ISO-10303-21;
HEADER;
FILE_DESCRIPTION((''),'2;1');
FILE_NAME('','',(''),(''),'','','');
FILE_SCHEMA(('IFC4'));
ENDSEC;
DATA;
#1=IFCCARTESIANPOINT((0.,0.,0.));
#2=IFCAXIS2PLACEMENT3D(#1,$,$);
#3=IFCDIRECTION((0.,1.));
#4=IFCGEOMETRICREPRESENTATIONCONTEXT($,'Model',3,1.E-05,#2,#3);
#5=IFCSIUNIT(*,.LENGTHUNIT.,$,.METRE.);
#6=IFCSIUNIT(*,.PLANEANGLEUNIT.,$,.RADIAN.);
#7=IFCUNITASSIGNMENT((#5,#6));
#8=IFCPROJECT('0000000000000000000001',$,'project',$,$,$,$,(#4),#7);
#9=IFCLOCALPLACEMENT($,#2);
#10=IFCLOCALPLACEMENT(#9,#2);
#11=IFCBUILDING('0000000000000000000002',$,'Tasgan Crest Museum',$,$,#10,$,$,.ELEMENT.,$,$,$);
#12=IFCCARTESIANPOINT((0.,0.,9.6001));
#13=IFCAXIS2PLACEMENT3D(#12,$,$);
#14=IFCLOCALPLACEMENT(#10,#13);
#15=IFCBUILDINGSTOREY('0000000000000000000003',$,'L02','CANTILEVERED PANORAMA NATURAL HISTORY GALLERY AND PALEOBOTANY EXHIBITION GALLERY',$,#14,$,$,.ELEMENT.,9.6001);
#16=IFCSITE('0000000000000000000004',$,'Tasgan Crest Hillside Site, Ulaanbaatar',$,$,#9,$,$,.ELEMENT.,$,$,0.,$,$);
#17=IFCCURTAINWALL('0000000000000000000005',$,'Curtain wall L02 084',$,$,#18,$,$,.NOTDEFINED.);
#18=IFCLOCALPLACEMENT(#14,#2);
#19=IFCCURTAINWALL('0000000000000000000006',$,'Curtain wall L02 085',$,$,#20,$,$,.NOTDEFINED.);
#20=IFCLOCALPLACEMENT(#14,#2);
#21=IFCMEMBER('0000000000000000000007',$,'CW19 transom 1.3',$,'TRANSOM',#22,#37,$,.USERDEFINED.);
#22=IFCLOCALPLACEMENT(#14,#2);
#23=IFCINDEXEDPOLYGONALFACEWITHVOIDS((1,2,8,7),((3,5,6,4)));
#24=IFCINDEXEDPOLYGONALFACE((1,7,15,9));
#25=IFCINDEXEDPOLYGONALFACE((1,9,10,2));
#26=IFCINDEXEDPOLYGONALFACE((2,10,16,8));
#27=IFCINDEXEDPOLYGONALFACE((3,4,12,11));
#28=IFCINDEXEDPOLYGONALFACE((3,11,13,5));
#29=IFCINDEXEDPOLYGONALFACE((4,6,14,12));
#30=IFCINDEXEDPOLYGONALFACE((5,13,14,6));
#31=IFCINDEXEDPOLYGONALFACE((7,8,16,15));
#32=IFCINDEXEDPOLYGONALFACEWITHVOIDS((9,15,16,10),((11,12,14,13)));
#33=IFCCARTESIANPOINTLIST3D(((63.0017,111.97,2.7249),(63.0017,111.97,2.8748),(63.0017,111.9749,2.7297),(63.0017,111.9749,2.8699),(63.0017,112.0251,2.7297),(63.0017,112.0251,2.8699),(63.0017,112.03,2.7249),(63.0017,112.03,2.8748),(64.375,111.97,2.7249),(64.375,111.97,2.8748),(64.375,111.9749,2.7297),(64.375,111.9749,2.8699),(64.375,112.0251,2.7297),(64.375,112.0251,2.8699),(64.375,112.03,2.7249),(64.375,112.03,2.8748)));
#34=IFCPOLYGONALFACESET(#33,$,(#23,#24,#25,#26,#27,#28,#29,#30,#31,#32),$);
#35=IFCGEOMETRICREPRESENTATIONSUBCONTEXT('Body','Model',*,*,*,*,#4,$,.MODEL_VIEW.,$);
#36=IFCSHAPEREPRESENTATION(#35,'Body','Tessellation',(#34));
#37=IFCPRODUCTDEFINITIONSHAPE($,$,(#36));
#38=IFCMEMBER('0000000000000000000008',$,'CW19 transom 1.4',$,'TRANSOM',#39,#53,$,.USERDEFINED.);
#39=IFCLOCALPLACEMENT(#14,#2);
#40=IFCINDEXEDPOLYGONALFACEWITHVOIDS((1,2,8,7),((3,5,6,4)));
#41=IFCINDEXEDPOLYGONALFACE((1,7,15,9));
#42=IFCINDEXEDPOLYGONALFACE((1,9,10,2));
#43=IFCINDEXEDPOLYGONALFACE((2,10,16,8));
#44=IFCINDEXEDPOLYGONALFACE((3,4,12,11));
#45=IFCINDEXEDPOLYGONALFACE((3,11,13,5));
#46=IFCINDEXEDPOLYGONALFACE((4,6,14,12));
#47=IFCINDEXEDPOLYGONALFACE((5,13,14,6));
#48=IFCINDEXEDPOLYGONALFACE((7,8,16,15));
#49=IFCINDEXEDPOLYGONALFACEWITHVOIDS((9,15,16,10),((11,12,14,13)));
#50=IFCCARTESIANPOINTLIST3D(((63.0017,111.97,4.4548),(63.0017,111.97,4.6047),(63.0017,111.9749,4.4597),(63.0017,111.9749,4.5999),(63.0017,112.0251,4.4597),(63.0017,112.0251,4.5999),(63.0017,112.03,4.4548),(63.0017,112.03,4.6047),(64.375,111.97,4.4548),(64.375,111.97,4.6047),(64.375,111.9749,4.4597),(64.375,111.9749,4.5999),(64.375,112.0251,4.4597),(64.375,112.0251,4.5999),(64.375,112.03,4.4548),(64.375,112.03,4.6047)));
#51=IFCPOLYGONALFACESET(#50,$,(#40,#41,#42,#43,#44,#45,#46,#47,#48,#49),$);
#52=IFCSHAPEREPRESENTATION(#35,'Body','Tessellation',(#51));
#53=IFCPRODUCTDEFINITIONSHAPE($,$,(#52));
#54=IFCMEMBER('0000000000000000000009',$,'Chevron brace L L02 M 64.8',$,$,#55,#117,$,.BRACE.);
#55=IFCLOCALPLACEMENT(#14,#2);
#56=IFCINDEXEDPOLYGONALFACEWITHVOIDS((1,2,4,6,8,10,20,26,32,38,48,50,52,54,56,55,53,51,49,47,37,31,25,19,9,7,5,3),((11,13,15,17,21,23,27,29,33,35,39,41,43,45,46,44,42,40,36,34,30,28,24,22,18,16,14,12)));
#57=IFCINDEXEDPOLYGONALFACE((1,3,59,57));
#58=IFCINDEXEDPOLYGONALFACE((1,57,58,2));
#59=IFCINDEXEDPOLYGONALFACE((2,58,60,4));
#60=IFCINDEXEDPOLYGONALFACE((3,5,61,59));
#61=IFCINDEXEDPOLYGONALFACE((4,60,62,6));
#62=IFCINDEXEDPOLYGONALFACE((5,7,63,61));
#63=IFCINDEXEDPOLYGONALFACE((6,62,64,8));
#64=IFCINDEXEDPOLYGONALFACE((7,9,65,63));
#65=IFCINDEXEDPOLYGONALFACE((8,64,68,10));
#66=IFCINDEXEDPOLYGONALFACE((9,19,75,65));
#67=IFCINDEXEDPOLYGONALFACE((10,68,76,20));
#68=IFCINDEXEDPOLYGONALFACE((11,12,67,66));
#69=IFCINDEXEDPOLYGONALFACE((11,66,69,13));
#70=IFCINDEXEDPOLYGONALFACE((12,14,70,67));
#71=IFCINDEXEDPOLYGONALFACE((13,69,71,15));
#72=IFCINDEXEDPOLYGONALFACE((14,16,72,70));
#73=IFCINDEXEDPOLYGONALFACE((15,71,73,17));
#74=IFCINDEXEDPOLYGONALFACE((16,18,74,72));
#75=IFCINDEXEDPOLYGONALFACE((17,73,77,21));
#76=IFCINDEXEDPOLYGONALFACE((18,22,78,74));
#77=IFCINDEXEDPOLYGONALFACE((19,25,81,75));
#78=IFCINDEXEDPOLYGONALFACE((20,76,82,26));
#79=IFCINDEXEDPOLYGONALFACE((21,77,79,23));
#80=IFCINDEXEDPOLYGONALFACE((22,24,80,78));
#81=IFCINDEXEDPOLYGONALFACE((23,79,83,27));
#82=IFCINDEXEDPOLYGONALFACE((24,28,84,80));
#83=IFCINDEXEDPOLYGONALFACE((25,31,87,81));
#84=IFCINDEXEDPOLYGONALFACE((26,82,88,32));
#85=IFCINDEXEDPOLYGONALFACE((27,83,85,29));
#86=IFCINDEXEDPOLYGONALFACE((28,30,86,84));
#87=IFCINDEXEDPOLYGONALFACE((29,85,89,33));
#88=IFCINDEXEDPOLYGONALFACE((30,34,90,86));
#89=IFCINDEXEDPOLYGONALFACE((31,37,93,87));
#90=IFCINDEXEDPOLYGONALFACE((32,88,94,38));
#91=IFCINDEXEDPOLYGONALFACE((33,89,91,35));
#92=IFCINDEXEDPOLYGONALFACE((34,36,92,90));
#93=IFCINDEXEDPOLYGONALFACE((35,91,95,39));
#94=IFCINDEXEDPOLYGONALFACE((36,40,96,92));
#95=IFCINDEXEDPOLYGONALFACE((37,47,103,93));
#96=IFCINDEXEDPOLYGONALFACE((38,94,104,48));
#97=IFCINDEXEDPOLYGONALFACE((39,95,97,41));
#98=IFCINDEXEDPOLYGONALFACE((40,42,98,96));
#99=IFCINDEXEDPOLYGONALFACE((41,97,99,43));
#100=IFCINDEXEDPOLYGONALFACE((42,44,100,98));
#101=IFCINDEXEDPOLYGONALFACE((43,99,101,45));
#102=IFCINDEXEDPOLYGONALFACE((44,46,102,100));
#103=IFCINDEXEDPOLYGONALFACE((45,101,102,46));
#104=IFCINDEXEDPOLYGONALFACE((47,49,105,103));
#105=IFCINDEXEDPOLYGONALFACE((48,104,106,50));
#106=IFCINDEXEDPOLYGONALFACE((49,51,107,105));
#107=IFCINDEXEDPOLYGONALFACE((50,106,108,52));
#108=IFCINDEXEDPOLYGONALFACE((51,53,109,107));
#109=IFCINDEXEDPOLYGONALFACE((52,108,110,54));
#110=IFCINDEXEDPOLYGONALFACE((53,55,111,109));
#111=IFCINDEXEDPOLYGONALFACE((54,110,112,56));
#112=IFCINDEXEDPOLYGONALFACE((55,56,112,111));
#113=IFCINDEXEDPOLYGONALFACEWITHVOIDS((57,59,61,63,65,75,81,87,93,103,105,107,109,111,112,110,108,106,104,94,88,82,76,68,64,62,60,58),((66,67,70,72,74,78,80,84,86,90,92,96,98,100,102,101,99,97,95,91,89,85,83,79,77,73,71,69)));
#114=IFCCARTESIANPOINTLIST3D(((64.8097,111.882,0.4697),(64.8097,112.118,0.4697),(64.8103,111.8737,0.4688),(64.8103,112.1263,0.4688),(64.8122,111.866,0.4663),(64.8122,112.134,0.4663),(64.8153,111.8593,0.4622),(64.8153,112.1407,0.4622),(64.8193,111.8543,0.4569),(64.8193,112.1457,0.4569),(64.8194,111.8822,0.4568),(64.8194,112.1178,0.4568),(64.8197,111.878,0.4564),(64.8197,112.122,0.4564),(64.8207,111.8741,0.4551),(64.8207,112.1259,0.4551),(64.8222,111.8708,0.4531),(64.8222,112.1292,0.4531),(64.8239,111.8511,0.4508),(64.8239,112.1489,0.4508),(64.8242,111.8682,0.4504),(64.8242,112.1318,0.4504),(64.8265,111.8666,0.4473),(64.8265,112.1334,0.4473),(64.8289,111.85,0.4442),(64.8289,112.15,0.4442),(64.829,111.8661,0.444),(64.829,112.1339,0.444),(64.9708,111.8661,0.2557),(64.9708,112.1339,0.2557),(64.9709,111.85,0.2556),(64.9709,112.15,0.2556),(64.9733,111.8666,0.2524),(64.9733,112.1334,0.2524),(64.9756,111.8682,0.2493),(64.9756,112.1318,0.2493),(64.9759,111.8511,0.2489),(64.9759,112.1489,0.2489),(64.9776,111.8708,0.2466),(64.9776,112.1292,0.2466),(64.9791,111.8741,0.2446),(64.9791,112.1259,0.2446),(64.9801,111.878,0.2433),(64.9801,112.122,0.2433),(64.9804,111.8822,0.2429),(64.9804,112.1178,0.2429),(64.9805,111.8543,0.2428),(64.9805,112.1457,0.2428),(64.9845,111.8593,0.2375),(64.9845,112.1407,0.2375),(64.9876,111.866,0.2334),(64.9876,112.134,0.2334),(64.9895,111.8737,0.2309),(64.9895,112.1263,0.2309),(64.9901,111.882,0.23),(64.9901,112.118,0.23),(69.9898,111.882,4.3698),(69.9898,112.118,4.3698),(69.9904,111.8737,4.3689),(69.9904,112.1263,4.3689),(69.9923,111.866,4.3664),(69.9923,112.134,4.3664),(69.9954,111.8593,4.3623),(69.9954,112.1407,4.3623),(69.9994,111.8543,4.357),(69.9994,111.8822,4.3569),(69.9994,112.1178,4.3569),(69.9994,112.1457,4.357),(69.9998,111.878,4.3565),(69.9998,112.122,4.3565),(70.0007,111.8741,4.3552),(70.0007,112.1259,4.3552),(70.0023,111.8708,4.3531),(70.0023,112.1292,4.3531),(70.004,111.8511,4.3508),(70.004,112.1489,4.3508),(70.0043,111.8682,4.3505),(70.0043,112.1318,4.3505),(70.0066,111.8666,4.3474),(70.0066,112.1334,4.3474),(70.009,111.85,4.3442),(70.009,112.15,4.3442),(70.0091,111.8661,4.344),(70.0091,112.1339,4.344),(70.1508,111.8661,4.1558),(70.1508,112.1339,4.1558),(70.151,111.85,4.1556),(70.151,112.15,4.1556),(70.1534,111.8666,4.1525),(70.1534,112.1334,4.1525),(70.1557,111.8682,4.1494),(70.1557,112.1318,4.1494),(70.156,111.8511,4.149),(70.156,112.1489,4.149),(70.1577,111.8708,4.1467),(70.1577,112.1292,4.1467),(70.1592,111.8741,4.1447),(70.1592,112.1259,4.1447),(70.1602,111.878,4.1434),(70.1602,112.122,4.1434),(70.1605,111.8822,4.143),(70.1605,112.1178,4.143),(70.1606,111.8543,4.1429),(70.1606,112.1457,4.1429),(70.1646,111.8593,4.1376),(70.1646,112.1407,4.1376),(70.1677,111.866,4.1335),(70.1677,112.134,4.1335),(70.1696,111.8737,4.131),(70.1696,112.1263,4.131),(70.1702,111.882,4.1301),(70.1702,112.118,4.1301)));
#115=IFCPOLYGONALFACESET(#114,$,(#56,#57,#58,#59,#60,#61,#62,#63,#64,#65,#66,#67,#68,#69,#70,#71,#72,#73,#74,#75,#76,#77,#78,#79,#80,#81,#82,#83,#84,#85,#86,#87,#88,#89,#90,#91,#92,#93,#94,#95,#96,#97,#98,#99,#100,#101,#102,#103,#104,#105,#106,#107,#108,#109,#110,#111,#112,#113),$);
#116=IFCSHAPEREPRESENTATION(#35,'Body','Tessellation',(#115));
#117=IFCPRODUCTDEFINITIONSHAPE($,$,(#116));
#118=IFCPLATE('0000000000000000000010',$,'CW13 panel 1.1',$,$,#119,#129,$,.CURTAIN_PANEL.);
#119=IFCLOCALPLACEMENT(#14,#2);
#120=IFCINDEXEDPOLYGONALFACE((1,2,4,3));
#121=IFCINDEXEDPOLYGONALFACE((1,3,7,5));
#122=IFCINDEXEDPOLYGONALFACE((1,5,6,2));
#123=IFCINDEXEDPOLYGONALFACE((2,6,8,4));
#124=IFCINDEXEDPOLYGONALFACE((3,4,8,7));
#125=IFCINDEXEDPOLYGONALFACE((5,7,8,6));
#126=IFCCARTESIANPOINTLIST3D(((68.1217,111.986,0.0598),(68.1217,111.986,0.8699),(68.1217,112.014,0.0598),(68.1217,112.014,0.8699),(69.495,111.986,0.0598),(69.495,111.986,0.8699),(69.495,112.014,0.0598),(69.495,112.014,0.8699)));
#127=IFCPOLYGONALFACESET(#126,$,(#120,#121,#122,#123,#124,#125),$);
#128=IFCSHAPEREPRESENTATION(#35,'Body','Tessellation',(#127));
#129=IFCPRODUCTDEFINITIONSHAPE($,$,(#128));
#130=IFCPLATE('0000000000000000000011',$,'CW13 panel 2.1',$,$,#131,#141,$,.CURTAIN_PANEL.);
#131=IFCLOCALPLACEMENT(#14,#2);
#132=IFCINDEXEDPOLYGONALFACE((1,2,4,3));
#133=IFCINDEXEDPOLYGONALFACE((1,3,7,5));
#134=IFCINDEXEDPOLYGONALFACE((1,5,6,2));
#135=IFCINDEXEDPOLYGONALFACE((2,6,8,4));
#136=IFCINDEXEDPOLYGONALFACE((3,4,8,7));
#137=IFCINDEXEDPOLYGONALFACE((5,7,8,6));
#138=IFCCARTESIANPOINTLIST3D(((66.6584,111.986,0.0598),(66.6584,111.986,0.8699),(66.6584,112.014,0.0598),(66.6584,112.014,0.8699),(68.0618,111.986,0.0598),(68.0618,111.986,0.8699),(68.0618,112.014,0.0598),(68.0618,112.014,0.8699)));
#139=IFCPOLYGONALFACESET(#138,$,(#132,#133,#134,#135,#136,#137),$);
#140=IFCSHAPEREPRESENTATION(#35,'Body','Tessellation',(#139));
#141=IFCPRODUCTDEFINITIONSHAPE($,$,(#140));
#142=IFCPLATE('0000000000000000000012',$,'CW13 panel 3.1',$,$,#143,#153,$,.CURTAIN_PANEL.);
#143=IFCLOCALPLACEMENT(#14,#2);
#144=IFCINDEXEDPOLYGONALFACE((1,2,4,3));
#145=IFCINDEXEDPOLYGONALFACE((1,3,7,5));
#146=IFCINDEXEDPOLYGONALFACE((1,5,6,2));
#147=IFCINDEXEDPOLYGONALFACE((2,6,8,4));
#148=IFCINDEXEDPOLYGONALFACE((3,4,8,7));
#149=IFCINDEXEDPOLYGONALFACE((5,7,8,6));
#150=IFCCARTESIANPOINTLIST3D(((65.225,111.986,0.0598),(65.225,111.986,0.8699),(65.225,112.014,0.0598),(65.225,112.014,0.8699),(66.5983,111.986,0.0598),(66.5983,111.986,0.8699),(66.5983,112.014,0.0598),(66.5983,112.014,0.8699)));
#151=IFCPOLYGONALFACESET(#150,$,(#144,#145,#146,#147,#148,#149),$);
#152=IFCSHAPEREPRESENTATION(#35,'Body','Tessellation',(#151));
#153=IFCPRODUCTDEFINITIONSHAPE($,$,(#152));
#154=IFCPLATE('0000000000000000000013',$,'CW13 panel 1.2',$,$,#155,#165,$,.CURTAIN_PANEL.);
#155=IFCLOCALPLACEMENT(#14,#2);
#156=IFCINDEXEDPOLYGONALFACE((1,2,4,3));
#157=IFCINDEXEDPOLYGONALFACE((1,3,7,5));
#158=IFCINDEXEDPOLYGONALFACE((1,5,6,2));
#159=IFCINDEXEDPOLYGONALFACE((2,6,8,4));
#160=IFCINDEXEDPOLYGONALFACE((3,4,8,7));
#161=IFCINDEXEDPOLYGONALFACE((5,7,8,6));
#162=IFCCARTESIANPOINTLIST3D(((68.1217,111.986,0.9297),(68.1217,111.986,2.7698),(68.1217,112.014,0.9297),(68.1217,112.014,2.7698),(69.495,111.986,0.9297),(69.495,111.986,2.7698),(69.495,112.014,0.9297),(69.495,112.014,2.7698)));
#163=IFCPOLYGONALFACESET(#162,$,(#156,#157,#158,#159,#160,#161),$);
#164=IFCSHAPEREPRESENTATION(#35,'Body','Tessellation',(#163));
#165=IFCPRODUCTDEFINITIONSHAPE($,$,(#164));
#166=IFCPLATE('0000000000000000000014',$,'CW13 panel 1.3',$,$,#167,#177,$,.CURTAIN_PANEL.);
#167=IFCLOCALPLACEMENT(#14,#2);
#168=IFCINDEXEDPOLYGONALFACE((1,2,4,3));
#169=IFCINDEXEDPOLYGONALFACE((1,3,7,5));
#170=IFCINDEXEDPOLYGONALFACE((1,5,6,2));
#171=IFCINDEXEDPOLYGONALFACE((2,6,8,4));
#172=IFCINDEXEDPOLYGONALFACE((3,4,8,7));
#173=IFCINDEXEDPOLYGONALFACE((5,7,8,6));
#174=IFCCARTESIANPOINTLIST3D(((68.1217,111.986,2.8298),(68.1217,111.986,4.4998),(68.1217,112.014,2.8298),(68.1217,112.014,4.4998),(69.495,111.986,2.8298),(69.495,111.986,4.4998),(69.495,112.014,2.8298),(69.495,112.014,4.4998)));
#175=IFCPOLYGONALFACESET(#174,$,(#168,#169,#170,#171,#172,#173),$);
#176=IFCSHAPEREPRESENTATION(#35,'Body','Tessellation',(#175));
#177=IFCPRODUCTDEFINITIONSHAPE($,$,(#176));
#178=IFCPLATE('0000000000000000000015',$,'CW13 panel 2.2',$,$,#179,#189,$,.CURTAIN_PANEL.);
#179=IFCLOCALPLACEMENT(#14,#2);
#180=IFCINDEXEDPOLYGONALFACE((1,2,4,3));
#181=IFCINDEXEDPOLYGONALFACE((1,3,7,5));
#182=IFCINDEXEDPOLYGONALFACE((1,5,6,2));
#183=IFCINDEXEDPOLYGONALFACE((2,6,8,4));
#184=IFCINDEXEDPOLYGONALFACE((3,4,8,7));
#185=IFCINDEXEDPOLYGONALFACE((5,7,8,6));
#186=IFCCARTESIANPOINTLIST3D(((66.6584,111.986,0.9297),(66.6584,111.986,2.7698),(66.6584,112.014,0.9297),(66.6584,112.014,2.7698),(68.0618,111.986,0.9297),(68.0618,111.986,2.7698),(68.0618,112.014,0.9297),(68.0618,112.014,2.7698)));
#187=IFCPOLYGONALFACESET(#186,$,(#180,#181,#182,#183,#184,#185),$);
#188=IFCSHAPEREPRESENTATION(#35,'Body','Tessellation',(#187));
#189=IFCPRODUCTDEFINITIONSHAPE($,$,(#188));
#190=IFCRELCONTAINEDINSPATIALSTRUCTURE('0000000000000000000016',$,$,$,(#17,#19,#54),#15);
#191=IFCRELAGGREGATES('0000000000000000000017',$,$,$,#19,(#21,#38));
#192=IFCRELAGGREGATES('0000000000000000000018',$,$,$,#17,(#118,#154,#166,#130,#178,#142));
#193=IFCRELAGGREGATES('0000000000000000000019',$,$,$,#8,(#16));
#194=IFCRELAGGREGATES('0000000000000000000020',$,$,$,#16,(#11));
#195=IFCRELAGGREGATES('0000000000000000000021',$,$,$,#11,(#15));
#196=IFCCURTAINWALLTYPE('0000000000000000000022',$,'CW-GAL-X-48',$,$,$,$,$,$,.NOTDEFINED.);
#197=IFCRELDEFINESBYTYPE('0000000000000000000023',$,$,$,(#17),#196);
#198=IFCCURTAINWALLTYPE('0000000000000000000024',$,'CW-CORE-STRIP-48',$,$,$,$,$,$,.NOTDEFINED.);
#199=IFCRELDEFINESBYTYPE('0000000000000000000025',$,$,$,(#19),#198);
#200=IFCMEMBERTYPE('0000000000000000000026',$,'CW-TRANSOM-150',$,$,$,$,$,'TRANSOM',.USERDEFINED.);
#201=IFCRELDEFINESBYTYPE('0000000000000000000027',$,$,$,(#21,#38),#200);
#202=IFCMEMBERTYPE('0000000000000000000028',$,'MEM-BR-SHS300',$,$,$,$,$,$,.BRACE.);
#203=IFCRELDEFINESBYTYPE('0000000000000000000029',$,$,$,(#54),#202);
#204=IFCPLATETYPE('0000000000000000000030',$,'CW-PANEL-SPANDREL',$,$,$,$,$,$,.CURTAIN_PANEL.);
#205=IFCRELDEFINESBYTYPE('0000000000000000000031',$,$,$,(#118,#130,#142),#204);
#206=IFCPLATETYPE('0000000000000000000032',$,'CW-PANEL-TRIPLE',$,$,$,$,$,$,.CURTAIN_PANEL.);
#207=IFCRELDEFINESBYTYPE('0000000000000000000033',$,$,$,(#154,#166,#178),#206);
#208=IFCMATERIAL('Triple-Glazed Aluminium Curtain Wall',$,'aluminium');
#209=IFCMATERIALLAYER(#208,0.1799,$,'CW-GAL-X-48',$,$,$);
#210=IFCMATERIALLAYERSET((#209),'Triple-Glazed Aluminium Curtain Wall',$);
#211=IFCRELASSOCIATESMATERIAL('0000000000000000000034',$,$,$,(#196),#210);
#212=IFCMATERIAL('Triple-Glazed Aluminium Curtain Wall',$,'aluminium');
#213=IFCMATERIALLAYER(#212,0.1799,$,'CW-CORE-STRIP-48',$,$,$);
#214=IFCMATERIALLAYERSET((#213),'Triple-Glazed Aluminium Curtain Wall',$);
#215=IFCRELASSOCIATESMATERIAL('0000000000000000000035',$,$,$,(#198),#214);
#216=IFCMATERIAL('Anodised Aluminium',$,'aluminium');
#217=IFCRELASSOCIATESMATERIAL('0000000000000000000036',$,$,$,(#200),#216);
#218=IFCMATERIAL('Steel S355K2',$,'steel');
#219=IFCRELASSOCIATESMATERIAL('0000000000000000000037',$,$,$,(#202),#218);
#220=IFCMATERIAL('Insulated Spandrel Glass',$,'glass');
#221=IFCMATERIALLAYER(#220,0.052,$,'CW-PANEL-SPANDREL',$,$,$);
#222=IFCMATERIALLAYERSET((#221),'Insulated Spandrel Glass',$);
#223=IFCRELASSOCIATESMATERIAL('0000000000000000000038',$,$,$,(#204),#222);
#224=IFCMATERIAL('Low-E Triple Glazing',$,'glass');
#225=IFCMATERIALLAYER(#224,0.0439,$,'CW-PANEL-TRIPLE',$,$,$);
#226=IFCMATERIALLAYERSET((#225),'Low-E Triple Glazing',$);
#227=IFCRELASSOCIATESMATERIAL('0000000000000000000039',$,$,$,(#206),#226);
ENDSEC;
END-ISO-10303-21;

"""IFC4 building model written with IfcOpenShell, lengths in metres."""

from ifc_helpers import new_model, si_unit, direction, frame, origin, origin_2d, place, context, subcontext, project, spatial, rectangle, hollow_rectangle, extrude, material, layer, layer_set, material_profile, profile_set, type_object, element, aggregate, save


model = new_model("IFC4")

# Units and contexts
model_context = context("Model", 3, precision=1e-05, world=origin(), true_north=direction((0.0, 1.0)))
body_context = subcontext(model_context, "Body", "Model", "MODEL_VIEW")
ifc_project = project(units=[si_unit("LENGTHUNIT", "METRE"), si_unit("PLANEANGLEUNIT", "RADIAN")], contexts=[model_context])

# Site, building, storey
site_placement = place(None, origin())
site = spatial("IfcSite", under=ifc_project, at=site_placement, Name="Tasgan Crest Hillside Site, Ulaanbaatar", CompositionType="ELEMENT", RefElevation=0.0)
building_placement = place(site_placement, origin())
building = spatial("IfcBuilding", under=site, at=building_placement, Name="Tasgan Crest Museum", CompositionType="ELEMENT")
storey_placement = place(building_placement, frame((0.0, 0.0, 9.6001)))
storey = spatial("IfcBuildingStorey", under=building, at=storey_placement, Name="L02", Description="CANTILEVERED PANORAMA NATURAL HISTORY GALLERY AND PALEOBOTANY EXHIBITION GALLERY", CompositionType="ELEMENT", Elevation=9.6001)

# Curtain wall
ifc_material_1 = material(Name="Triple-Glazed Aluminium Curtain Wall", Category="aluminium")
ifc_layer_1 = layer(ifc_material_1, 0.1799, Name="CW-GAL-X-48")
ifc_layer_set_1 = layer_set([ifc_layer_1], Name="Triple-Glazed Aluminium Curtain Wall")
curtain_wall_type_1 = type_object("IfcCurtainWallType", Name="CW-GAL-X-48", PredefinedType="NOTDEFINED", material=ifc_layer_set_1)
curtain_wall_1_placement = place(storey_placement, origin())
curtain_wall_1 = element("IfcCurtainWall", 1, at=curtain_wall_1_placement, inside=storey, type_object=curtain_wall_type_1, Name="Curtain wall L02 084", PredefinedType="NOTDEFINED")

# Curtain wall
ifc_material_2 = material(Name="Triple-Glazed Aluminium Curtain Wall", Category="aluminium")
ifc_layer_2 = layer(ifc_material_2, 0.1799, Name="CW-CORE-STRIP-48")
ifc_layer_set_2 = layer_set([ifc_layer_2], Name="Triple-Glazed Aluminium Curtain Wall")
curtain_wall_type_2 = type_object("IfcCurtainWallType", Name="CW-CORE-STRIP-48", PredefinedType="NOTDEFINED", material=ifc_layer_set_2)
curtain_wall_2_placement = place(storey_placement, origin())
curtain_wall_2 = element("IfcCurtainWall", 2, at=curtain_wall_2_placement, inside=storey, type_object=curtain_wall_type_2, Name="Curtain wall L02 085", PredefinedType="NOTDEFINED")

# Members
ifc_material_3 = material(Name="Anodised Aluminium", Category="aluminium")
ifc_material_profile_1 = material_profile(ifc_material_3, hollow_rectangle(XDim=0.0601, YDim=0.1499, WallThickness=0.0049, at=origin_2d()), Name="ALU TRANSOM 150x60x5")
ifc_profile_set_1 = profile_set([ifc_material_profile_1], Name="Anodised Aluminium")
member_type_1 = type_object("IfcMemberType", Name="CW-TRANSOM-150", ElementType="TRANSOM", PredefinedType="USERDEFINED", material=ifc_profile_set_1)
member_1_placement = place(storey_placement, frame((64.375, 112.0, 2.7998), z_axis=(-1.0, 0.0, 0.0), x_axis=(0.0, -1.0, 0.0)))
member_1 = element("IfcMember", 3, at=member_1_placement, type_object=member_type_1, Name="CW19 transom 1.3", ObjectType="TRANSOM", PredefinedType="USERDEFINED", context=body_context, shape_type="SweptSolid", body=[
    extrude(hollow_rectangle(XDim=0.0601, YDim=0.1499, WallThickness=0.0049, at=origin_2d()), origin(), (0.0, 0.0, 1.0), 1.3733),
])
member_2_placement = place(storey_placement, frame((64.375, 112.0, 4.5298), z_axis=(-1.0, 0.0, 0.0), x_axis=(0.0, -1.0, 0.0)))
member_2 = element("IfcMember", 4, at=member_2_placement, type_object=member_type_1, Name="CW19 transom 1.4", ObjectType="TRANSOM", PredefinedType="USERDEFINED", context=body_context, shape_type="SweptSolid", body=[
    extrude(hollow_rectangle(XDim=0.0601, YDim=0.1499, WallThickness=0.0049, at=origin_2d()), origin(), (0.0, 0.0, 1.0), 1.3733),
])
aggregate(curtain_wall_2, [member_1, member_2])
ifc_material_4 = material(Name="Steel S355K2", Category="steel")
ifc_material_profile_2 = material_profile(ifc_material_4, hollow_rectangle(XDim=0.3, YDim=0.3, WallThickness=0.0161, InnerFilletRadius=0.0161, OuterFilletRadius=0.032, at=origin_2d()), Name="SHS 300x300x16")
ifc_profile_set_2 = profile_set([ifc_material_profile_2], Name="Steel S355K2")
member_type_2 = type_object("IfcMemberType", Name="MEM-BR-SHS300", PredefinedType="BRACE", material=ifc_profile_set_2)
member_3_placement = place(storey_placement, frame((64.8999, 112.0, 0.3499), z_axis=(0.798887, 0.0, 0.601481), x_axis=(0.0, 1.0, 0.0)))
element("IfcMember", 5, at=member_3_placement, inside=storey, type_object=member_type_2, Name="Chevron brace L L02 M 64.8", PredefinedType="BRACE", context=body_context, shape_type="SweptSolid", body=[
    extrude(hollow_rectangle(XDim=0.3, YDim=0.3, WallThickness=0.0161, InnerFilletRadius=0.0161, OuterFilletRadius=0.032, at=origin_2d()), origin(), (0.0, 0.0, 1.0), 6.4841),
])

# Plates
ifc_material_5 = material(Name="Insulated Spandrel Glass", Category="glass")
ifc_layer_3 = layer(ifc_material_5, 0.052, Name="CW-PANEL-SPANDREL")
ifc_layer_set_3 = layer_set([ifc_layer_3], Name="Insulated Spandrel Glass")
plate_type_1 = type_object("IfcPlateType", Name="CW-PANEL-SPANDREL", PredefinedType="CURTAIN_PANEL", material=ifc_layer_set_3)
plate_1_placement = place(storey_placement, frame((68.8083, 112.0, 0.0598), z_axis=(0.0, 0.0, 1.0), x_axis=(-1.0, 0.0, 0.0)))
plate_1 = element("IfcPlate", 6, at=plate_1_placement, type_object=plate_type_1, Name="CW13 panel 1.1", PredefinedType="CURTAIN_PANEL", context=body_context, shape_type="SweptSolid", body=[
    extrude(rectangle(XDim=1.3733, YDim=0.0281, at=origin_2d()), origin(), (0.0, 0.0, 1.0), 0.8101),
])
plate_2_placement = place(storey_placement, frame((67.3601, 112.0, 0.0598), z_axis=(0.0, 0.0, 1.0), x_axis=(-1.0, 0.0, 0.0)))
plate_2 = element("IfcPlate", 7, at=plate_2_placement, type_object=plate_type_1, Name="CW13 panel 2.1", PredefinedType="CURTAIN_PANEL", context=body_context, shape_type="SweptSolid", body=[
    extrude(rectangle(XDim=1.4033, YDim=0.0281, at=origin_2d()), origin(), (0.0, 0.0, 1.0), 0.8101),
])
plate_3_placement = place(storey_placement, frame((65.9116, 112.0, 0.0598), z_axis=(0.0, 0.0, 1.0), x_axis=(-1.0, 0.0, 0.0)))
plate_3 = element("IfcPlate", 8, at=plate_3_placement, type_object=plate_type_1, Name="CW13 panel 3.1", PredefinedType="CURTAIN_PANEL", context=body_context, shape_type="SweptSolid", body=[
    extrude(rectangle(XDim=1.3733, YDim=0.0281, at=origin_2d()), origin(), (0.0, 0.0, 1.0), 0.8101),
])
ifc_material_6 = material(Name="Low-E Triple Glazing", Category="glass")
ifc_layer_4 = layer(ifc_material_6, 0.0439, Name="CW-PANEL-TRIPLE")
ifc_layer_set_4 = layer_set([ifc_layer_4], Name="Low-E Triple Glazing")
plate_type_2 = type_object("IfcPlateType", Name="CW-PANEL-TRIPLE", PredefinedType="CURTAIN_PANEL", material=ifc_layer_set_4)
plate_4_placement = place(storey_placement, frame((68.8083, 112.0, 0.9297), z_axis=(0.0, 0.0, 1.0), x_axis=(-1.0, 0.0, 0.0)))
plate_4 = element("IfcPlate", 9, at=plate_4_placement, type_object=plate_type_2, Name="CW13 panel 1.2", PredefinedType="CURTAIN_PANEL", context=body_context, shape_type="SweptSolid", body=[
    extrude(rectangle(XDim=1.3733, YDim=0.0281, at=origin_2d()), origin(), (0.0, 0.0, 1.0), 1.8401),
])
plate_5_placement = place(storey_placement, frame((68.8083, 112.0, 2.8298), z_axis=(0.0, 0.0, 1.0), x_axis=(-1.0, 0.0, 0.0)))
plate_5 = element("IfcPlate", 10, at=plate_5_placement, type_object=plate_type_2, Name="CW13 panel 1.3", PredefinedType="CURTAIN_PANEL", context=body_context, shape_type="SweptSolid", body=[
    extrude(rectangle(XDim=1.3733, YDim=0.0281, at=origin_2d()), origin(), (0.0, 0.0, 1.0), 1.6699),
])
plate_6_placement = place(storey_placement, frame((67.3601, 112.0, 0.9297), z_axis=(0.0, 0.0, 1.0), x_axis=(-1.0, 0.0, 0.0)))
plate_6 = element("IfcPlate", 11, at=plate_6_placement, type_object=plate_type_2, Name="CW13 panel 2.2", PredefinedType="CURTAIN_PANEL", context=body_context, shape_type="SweptSolid", body=[
    extrude(rectangle(XDim=1.4033, YDim=0.0281, at=origin_2d()), origin(), (0.0, 0.0, 1.0), 1.8401),
])
aggregate(curtain_wall_1, [plate_1, plate_4, plate_5, plate_2, plate_6, plate_3])

save(model, "model.ifc")
